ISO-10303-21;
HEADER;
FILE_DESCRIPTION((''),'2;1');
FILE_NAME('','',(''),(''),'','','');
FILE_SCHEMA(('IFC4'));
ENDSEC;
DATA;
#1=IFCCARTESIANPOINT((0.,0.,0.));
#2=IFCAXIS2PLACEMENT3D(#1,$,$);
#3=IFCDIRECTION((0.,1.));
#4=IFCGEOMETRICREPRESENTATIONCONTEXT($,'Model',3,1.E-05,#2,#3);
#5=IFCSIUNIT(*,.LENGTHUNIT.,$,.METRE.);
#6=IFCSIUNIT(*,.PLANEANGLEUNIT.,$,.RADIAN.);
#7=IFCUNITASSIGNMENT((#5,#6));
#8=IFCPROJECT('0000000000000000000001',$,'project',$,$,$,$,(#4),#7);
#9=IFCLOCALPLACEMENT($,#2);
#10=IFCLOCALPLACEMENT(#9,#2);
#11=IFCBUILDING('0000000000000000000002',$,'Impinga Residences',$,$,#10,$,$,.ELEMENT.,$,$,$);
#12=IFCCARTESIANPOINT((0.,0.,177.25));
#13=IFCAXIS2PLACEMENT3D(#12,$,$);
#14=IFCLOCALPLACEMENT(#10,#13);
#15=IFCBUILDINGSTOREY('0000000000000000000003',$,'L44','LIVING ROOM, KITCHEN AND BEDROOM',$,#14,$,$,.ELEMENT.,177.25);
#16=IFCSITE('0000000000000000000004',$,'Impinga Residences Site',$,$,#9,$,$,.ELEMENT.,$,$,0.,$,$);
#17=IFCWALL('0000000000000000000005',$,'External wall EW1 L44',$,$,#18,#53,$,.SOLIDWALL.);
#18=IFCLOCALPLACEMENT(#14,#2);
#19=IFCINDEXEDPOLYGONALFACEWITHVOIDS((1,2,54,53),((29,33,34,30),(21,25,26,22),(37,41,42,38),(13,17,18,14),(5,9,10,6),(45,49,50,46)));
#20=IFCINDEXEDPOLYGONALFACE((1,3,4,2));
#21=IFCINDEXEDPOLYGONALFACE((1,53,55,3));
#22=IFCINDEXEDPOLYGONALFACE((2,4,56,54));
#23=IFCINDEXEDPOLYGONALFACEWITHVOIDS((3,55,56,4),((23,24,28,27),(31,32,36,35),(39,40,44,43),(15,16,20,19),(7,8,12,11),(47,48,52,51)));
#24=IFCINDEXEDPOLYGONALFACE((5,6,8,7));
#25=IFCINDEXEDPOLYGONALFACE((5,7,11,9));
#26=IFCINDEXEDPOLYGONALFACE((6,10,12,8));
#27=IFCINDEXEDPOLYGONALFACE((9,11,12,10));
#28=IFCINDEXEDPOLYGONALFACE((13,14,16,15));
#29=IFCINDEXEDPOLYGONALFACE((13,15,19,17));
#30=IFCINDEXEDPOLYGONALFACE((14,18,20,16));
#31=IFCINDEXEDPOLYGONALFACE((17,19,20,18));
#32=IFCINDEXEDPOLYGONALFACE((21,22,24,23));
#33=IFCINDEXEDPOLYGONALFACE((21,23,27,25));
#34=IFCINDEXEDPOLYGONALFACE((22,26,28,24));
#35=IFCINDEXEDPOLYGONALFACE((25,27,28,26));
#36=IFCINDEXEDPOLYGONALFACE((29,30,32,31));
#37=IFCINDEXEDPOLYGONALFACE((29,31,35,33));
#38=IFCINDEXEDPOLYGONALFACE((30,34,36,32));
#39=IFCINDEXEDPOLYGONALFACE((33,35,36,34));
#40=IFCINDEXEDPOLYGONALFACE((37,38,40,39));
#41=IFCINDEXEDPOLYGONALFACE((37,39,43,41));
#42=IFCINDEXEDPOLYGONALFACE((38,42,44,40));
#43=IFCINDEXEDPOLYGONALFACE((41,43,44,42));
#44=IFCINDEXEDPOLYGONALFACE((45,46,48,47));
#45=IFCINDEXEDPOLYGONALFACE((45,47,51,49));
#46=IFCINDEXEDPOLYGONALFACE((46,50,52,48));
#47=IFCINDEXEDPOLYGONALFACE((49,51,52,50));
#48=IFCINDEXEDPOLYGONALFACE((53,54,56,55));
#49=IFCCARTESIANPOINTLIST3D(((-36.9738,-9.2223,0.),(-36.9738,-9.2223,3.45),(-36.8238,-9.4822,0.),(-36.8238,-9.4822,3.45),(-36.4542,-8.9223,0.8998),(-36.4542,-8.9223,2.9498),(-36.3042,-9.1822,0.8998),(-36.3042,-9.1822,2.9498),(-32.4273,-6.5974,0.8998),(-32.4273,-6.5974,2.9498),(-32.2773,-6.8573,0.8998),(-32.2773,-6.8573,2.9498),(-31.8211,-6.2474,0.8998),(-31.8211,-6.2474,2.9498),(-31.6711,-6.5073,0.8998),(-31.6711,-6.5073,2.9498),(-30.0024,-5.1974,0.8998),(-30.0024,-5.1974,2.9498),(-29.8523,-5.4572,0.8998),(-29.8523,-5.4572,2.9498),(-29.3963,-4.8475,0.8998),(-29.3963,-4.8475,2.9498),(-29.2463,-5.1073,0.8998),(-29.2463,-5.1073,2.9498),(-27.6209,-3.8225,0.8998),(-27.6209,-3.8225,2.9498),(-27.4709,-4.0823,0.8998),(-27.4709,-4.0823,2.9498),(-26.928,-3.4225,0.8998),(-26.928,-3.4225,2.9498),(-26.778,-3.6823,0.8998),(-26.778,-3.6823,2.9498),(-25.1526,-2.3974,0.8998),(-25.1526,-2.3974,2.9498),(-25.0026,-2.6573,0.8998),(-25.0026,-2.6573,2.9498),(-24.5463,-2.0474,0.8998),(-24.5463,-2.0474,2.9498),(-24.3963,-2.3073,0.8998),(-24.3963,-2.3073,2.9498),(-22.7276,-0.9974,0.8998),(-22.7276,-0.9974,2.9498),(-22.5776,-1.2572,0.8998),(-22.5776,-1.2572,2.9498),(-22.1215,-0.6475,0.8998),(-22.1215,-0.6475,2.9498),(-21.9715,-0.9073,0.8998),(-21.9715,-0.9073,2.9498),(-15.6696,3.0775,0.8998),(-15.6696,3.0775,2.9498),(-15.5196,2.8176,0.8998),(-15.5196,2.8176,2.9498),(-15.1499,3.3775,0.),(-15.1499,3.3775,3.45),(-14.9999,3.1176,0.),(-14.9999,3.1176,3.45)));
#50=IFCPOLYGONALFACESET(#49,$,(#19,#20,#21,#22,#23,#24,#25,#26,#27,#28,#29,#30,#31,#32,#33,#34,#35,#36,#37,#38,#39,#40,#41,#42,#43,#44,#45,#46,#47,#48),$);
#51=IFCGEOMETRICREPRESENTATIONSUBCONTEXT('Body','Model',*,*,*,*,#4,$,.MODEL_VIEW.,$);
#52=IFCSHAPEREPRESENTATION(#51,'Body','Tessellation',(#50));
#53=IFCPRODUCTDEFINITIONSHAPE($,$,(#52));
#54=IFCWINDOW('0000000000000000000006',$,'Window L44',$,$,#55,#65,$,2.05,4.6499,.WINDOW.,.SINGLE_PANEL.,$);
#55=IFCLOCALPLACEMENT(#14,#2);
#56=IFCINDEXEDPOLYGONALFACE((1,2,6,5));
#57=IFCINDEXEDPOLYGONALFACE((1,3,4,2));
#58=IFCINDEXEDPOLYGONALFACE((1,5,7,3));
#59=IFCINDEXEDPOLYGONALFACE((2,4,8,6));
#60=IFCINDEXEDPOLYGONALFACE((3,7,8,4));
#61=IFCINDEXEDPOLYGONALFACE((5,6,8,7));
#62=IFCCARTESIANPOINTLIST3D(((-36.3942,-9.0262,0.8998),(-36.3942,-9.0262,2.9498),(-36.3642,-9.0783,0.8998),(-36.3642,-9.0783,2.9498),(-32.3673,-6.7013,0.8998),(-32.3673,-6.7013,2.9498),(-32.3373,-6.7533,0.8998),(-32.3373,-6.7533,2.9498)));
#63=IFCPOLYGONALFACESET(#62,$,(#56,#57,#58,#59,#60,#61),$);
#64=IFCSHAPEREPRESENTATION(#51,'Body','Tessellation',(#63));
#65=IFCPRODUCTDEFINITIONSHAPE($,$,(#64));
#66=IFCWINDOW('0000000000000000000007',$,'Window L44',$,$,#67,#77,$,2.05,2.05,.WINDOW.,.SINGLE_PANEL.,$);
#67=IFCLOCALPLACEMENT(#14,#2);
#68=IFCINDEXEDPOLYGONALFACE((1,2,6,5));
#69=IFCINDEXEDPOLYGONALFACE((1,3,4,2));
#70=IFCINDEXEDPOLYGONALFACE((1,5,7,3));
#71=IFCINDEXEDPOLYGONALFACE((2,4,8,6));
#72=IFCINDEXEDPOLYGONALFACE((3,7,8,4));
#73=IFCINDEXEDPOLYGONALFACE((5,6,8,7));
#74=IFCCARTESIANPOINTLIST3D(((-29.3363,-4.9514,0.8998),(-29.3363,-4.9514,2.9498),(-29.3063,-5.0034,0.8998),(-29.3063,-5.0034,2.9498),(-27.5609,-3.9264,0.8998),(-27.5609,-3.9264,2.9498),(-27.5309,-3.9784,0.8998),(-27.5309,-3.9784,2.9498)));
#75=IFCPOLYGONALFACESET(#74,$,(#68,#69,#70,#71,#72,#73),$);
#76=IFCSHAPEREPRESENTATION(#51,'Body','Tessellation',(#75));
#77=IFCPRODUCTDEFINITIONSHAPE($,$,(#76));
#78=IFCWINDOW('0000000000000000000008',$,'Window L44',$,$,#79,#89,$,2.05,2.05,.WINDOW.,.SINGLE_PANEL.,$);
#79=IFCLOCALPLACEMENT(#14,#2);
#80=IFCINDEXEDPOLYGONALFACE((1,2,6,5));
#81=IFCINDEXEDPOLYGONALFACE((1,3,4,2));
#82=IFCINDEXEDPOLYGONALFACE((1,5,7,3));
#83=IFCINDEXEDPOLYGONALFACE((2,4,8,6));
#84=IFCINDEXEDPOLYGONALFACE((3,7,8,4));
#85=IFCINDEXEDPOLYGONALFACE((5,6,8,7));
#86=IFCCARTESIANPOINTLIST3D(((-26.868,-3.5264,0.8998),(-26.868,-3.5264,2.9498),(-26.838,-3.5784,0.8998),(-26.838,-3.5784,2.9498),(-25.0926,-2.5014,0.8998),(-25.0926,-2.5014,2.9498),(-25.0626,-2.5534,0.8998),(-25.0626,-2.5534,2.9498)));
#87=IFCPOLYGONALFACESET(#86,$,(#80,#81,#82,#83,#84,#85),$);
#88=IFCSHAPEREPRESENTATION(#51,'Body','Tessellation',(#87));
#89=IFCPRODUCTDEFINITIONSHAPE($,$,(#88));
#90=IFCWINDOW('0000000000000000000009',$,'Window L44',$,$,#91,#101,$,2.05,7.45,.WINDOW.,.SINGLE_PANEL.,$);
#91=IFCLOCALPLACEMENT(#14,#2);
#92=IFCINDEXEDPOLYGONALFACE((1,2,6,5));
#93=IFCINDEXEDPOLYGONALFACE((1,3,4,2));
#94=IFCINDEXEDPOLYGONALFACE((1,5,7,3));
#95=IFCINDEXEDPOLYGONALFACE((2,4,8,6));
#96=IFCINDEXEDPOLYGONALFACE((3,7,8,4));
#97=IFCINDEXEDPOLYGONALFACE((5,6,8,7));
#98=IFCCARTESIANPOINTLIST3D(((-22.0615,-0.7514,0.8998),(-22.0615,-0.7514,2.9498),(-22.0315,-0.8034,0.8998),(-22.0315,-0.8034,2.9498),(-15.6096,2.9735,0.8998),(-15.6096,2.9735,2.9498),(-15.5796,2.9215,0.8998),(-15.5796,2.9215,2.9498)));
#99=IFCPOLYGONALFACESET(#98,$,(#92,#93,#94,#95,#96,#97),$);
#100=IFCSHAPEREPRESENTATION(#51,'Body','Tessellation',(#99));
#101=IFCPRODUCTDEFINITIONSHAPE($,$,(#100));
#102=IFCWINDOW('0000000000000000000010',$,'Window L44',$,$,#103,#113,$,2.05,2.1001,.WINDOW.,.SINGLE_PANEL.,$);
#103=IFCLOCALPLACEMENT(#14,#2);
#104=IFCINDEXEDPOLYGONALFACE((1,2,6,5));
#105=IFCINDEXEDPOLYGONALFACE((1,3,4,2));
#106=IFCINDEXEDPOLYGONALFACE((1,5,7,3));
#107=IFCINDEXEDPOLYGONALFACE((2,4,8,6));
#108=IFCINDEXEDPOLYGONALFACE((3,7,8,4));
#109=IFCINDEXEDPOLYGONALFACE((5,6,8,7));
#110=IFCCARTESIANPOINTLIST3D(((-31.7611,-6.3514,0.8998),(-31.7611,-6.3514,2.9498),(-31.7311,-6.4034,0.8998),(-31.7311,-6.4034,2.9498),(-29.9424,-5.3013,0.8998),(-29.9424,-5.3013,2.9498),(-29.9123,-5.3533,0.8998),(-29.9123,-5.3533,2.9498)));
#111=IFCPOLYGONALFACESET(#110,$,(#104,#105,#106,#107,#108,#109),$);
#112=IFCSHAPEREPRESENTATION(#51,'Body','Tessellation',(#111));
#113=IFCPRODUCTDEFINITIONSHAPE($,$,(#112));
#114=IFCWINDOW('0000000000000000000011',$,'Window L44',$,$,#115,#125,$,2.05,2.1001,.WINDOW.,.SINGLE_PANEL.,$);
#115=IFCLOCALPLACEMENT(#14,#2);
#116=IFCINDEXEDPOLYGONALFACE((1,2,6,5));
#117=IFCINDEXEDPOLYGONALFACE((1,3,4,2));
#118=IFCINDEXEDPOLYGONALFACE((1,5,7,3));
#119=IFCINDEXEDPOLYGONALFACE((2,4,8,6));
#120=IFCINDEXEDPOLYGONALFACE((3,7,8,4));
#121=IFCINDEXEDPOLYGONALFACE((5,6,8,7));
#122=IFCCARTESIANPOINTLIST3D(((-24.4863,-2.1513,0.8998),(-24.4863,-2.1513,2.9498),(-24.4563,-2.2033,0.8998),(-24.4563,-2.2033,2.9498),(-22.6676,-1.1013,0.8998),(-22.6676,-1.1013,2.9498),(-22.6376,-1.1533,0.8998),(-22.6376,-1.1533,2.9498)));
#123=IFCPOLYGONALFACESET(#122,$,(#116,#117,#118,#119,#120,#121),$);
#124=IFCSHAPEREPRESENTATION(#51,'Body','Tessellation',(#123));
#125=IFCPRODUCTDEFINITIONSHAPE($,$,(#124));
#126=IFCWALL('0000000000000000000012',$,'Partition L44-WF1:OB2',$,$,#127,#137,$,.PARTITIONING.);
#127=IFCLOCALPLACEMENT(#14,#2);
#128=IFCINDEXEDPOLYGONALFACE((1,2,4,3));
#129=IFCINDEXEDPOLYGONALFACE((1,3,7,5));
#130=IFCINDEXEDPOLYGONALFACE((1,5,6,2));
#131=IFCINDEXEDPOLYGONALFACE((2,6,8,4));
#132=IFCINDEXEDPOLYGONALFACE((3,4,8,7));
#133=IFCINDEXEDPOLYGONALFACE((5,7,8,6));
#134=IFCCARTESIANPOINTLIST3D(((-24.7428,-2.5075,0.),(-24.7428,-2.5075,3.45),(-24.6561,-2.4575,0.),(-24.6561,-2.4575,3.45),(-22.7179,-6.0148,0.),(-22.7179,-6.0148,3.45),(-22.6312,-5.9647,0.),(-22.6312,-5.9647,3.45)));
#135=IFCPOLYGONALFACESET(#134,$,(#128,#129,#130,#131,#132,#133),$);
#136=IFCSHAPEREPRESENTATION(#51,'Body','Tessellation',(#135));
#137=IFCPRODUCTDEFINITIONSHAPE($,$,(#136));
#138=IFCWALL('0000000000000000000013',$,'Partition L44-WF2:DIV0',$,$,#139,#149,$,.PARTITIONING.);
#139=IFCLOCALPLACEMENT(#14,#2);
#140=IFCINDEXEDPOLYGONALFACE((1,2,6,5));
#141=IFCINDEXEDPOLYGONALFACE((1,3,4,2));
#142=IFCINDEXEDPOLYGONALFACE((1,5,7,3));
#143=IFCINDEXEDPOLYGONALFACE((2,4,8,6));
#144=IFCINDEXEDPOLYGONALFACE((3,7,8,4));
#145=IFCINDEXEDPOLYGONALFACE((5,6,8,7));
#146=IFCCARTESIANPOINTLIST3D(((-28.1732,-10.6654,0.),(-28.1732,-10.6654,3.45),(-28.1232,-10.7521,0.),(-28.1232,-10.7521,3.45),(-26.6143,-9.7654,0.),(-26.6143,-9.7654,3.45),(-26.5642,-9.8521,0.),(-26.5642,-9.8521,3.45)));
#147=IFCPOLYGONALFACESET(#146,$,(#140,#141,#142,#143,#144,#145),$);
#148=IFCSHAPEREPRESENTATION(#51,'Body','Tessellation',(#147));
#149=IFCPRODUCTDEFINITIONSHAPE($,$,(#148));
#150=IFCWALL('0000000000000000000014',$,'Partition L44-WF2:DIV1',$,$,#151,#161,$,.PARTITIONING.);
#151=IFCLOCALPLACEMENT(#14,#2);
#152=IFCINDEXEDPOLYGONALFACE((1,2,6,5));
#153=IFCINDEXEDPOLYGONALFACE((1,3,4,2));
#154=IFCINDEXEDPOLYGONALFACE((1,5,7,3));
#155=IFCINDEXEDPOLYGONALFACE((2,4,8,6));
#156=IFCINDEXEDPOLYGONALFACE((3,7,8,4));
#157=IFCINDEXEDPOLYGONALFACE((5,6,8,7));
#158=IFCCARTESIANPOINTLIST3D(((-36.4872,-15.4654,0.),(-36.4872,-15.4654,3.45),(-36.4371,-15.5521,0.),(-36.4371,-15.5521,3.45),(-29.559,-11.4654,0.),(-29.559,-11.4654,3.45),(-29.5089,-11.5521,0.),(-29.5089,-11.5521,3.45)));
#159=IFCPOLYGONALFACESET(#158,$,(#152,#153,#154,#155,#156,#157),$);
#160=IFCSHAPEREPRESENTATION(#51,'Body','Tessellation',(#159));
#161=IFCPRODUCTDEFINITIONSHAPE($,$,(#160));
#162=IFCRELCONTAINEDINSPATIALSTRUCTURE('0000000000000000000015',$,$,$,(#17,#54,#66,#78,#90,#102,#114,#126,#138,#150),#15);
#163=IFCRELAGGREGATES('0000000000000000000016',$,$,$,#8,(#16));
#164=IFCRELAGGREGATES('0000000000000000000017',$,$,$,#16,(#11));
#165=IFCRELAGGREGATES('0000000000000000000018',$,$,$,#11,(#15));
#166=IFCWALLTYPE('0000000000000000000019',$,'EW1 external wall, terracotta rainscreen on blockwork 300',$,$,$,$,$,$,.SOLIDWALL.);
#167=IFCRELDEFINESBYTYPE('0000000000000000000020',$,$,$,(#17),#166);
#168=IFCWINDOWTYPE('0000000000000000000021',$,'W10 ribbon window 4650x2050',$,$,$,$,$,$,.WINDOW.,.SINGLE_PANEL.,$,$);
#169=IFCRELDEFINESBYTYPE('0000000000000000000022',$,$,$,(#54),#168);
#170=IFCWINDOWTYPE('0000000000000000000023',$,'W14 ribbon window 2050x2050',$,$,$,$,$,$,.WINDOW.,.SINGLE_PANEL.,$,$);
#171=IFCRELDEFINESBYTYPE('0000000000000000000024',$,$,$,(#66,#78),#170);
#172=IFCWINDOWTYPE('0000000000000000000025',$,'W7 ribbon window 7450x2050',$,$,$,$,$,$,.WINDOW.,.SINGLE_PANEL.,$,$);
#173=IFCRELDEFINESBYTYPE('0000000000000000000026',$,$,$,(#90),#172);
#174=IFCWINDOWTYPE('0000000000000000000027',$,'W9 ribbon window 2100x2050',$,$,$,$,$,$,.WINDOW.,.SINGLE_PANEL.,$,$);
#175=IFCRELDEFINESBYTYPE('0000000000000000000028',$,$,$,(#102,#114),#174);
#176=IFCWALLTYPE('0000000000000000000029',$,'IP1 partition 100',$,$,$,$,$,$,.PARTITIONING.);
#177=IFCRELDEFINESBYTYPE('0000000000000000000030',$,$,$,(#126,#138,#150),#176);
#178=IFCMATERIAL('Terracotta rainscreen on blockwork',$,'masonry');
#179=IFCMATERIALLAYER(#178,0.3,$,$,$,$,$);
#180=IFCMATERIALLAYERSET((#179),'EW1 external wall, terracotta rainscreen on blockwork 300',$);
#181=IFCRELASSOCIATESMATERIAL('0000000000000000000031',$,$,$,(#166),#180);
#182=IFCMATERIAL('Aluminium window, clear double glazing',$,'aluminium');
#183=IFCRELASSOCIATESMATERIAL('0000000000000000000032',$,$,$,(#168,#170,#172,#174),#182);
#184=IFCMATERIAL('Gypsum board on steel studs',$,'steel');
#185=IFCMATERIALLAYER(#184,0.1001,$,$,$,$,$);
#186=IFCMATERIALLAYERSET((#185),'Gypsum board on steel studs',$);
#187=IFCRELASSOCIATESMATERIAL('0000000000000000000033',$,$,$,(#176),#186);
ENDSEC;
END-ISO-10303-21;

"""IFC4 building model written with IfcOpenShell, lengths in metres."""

from ifc_helpers import new_model, si_unit, direction, frame, frame_2d, origin, place, context, subcontext, project, spatial, rectangle, extrude, material, layer, layer_set, type_object, element, fill, save


model = new_model("IFC4")

# Units and contexts
model_context = context("Model", 3, precision=1e-05, world=origin(), true_north=direction((0.0, 1.0)))
body_context = subcontext(model_context, "Body", "Model", "MODEL_VIEW")
ifc_project = project(units=[si_unit("LENGTHUNIT", "METRE"), si_unit("PLANEANGLEUNIT", "RADIAN")], contexts=[model_context])

# Site, building, storey
site_placement = place(None, origin())
site = spatial("IfcSite", under=ifc_project, at=site_placement, Name="Impinga Residences Site", CompositionType="ELEMENT", RefElevation=0.0)
building_placement = place(site_placement, origin())
building = spatial("IfcBuilding", under=site, at=building_placement, Name="Impinga Residences", CompositionType="ELEMENT")
storey_placement = place(building_placement, frame((0.0, 0.0, 177.25)))
storey = spatial("IfcBuildingStorey", under=building, at=storey_placement, Name="L44", Description="LIVING ROOM, KITCHEN AND BEDROOM", CompositionType="ELEMENT", Elevation=177.25)

# Shared definitions
ifc_material_1 = material(Name="Terracotta rainscreen on blockwork", Category="masonry")
ifc_layer_1 = layer(ifc_material_1, 0.3)
ifc_layer_set_1 = layer_set([ifc_layer_1], Name="EW1 external wall, terracotta rainscreen on blockwork 300")
wall_type_1 = type_object("IfcWallType", Name="EW1 external wall, terracotta rainscreen on blockwork 300", PredefinedType="SOLIDWALL", material=ifc_layer_set_1)

# Wall, openings, windows
wall_1_placement = place(storey_placement, frame((-36.8989, -9.3523, 0.0), z_axis=(0.0, 0.0, 1.0), x_axis=(0.866029, 0.499993, 0.0)))
wall_1 = element("IfcWall", 1, at=wall_1_placement, inside=storey, type_object=wall_type_1, Name="External wall EW1 L44", PredefinedType="SOLIDWALL", context=body_context, shape_type="SweptSolid", body=[
    extrude(rectangle(XDim=25.2, YDim=0.3, at=frame_2d((12.6001, 0.0))), origin(), (0.0, 0.0, 1.0), 3.45),
])
opening_1_placement = place(wall_1_placement, frame((0.6001, 0.0, 0.8999)))
opening_1 = element("IfcOpeningElement", 2, at=opening_1_placement, cuts=wall_1, PredefinedType="OPENING", context=body_context, shape_type="SweptSolid", body=[
    extrude(rectangle(XDim=4.6499, YDim=2.05, at=frame_2d((2.325, 1.0249))), frame((0.0, 0.1599, 0.0), z_axis=(0.0, -1.0, 0.0), x_axis=(1.0, 0.0, 0.0)), (0.0, 0.0, 1.0), 0.3201),
])
opening_2_placement = place(wall_1_placement, frame((5.95, 0.0, 0.8999)))
opening_2 = element("IfcOpeningElement", 3, at=opening_2_placement, cuts=wall_1, PredefinedType="OPENING", context=body_context, shape_type="SweptSolid", body=[
    extrude(rectangle(XDim=2.1001, YDim=2.05, at=frame_2d((1.05, 1.0249))), frame((0.0, 0.1599, 0.0), z_axis=(0.0, -1.0, 0.0), x_axis=(1.0, 0.0, 0.0)), (0.0, 0.0, 1.0), 0.3201),
])
opening_3_placement = place(wall_1_placement, frame((8.75, 0.0, 0.8999)))
opening_3 = element("IfcOpeningElement", 4, at=opening_3_placement, cuts=wall_1, PredefinedType="OPENING", context=body_context, shape_type="SweptSolid", body=[
    extrude(rectangle(XDim=2.05, YDim=2.05, at=frame_2d((1.0249, 1.0249))), frame((0.0, 0.1599, 0.0), z_axis=(0.0, -1.0, 0.0), x_axis=(1.0, 0.0, 0.0)), (0.0, 0.0, 1.0), 0.3201),
])
opening_4_placement = place(wall_1_placement, frame((11.6001, 0.0, 0.8999)))
opening_4 = element("IfcOpeningElement", 5, at=opening_4_placement, cuts=wall_1, PredefinedType="OPENING", context=body_context, shape_type="SweptSolid", body=[
    extrude(rectangle(XDim=2.05, YDim=2.05, at=frame_2d((1.0249, 1.0249))), frame((0.0, 0.1599, 0.0), z_axis=(0.0, -1.0, 0.0), x_axis=(1.0, 0.0, 0.0)), (0.0, 0.0, 1.0), 0.3201),
])
opening_5_placement = place(wall_1_placement, frame((14.3501, 0.0, 0.8999)))
opening_5 = element("IfcOpeningElement", 6, at=opening_5_placement, cuts=wall_1, PredefinedType="OPENING", context=body_context, shape_type="SweptSolid", body=[
    extrude(rectangle(XDim=2.1001, YDim=2.05, at=frame_2d((1.05, 1.0249))), frame((0.0, 0.1599, 0.0), z_axis=(0.0, -1.0, 0.0), x_axis=(1.0, 0.0, 0.0)), (0.0, 0.0, 1.0), 0.3201),
])
opening_6_placement = place(wall_1_placement, frame((17.1499, 0.0, 0.8999)))
opening_6 = element("IfcOpeningElement", 7, at=opening_6_placement, cuts=wall_1, PredefinedType="OPENING", context=body_context, shape_type="SweptSolid", body=[
    extrude(rectangle(XDim=7.45, YDim=2.05, at=frame_2d((3.7251, 1.0249))), frame((0.0, 0.1599, 0.0), z_axis=(0.0, -1.0, 0.0), x_axis=(1.0, 0.0, 0.0)), (0.0, 0.0, 1.0), 0.3201),
])
ifc_material_2 = material(Name="Aluminium window, clear double glazing", Category="aluminium")
window_type_1 = type_object("IfcWindowType", Name="W10 ribbon window 4650x2050", PartitioningType="SINGLE_PANEL", PredefinedType="WINDOW", material=ifc_material_2)
window_1_placement = place(opening_1_placement, origin())
window_1 = element("IfcWindow", 8, at=window_1_placement, inside=storey, type_object=window_type_1, Name="Window L44", OverallHeight=2.05, OverallWidth=4.6499, PartitioningType="SINGLE_PANEL", PredefinedType="WINDOW", context=body_context, shape_type="SweptSolid", body=[
    extrude(rectangle(XDim=4.6499, YDim=2.05, at=frame_2d((2.325, 1.0249))), frame((0.0, 0.03, 0.0), z_axis=(0.0, -1.0, 0.0), x_axis=(1.0, 0.0, 0.0)), (0.0, 0.0, 1.0), 0.0601),
])
fill(opening_1, window_1)
window_type_2 = type_object("IfcWindowType", Name="W14 ribbon window 2050x2050", PartitioningType="SINGLE_PANEL", PredefinedType="WINDOW", material=ifc_material_2)
window_2_placement = place(opening_3_placement, origin())
window_2 = element("IfcWindow", 9, at=window_2_placement, inside=storey, type_object=window_type_2, Name="Window L44", OverallHeight=2.05, OverallWidth=2.05, PartitioningType="SINGLE_PANEL", PredefinedType="WINDOW", context=body_context, shape_type="SweptSolid", body=[
    extrude(rectangle(XDim=2.05, YDim=2.05, at=frame_2d((1.0249, 1.0249))), frame((0.0, 0.03, 0.0), z_axis=(0.0, -1.0, 0.0), x_axis=(1.0, 0.0, 0.0)), (0.0, 0.0, 1.0), 0.0601),
])
fill(opening_3, window_2)
window_3_placement = place(opening_4_placement, origin())
window_3 = element("IfcWindow", 10, at=window_3_placement, inside=storey, type_object=window_type_2, Name="Window L44", OverallHeight=2.05, OverallWidth=2.05, PartitioningType="SINGLE_PANEL", PredefinedType="WINDOW", context=body_context, shape_type="SweptSolid", body=[
    extrude(rectangle(XDim=2.05, YDim=2.05, at=frame_2d((1.0249, 1.0249))), frame((0.0, 0.03, 0.0), z_axis=(0.0, -1.0, 0.0), x_axis=(1.0, 0.0, 0.0)), (0.0, 0.0, 1.0), 0.0601),
])
fill(opening_4, window_3)
window_type_3 = type_object("IfcWindowType", Name="W7 ribbon window 7450x2050", PartitioningType="SINGLE_PANEL", PredefinedType="WINDOW", material=ifc_material_2)
window_4_placement = place(opening_6_placement, origin())
window_4 = element("IfcWindow", 11, at=window_4_placement, inside=storey, type_object=window_type_3, Name="Window L44", OverallHeight=2.05, OverallWidth=7.45, PartitioningType="SINGLE_PANEL", PredefinedType="WINDOW", context=body_context, shape_type="SweptSolid", body=[
    extrude(rectangle(XDim=7.45, YDim=2.05, at=frame_2d((3.7251, 1.0249))), frame((0.0, 0.03, 0.0), z_axis=(0.0, -1.0, 0.0), x_axis=(1.0, 0.0, 0.0)), (0.0, 0.0, 1.0), 0.0601),
])
fill(opening_6, window_4)
window_type_4 = type_object("IfcWindowType", Name="W9 ribbon window 2100x2050", PartitioningType="SINGLE_PANEL", PredefinedType="WINDOW", material=ifc_material_2)
window_5_placement = place(opening_2_placement, origin())
window_5 = element("IfcWindow", 12, at=window_5_placement, inside=storey, type_object=window_type_4, Name="Window L44", OverallHeight=2.05, OverallWidth=2.1001, PartitioningType="SINGLE_PANEL", PredefinedType="WINDOW", context=body_context, shape_type="SweptSolid", body=[
    extrude(rectangle(XDim=2.1001, YDim=2.05, at=frame_2d((1.05, 1.0249))), frame((0.0, 0.03, 0.0), z_axis=(0.0, -1.0, 0.0), x_axis=(1.0, 0.0, 0.0)), (0.0, 0.0, 1.0), 0.0601),
])
fill(opening_2, window_5)
window_6_placement = place(opening_5_placement, origin())
window_6 = element("IfcWindow", 13, at=window_6_placement, inside=storey, type_object=window_type_4, Name="Window L44", OverallHeight=2.05, OverallWidth=2.1001, PartitioningType="SINGLE_PANEL", PredefinedType="WINDOW", context=body_context, shape_type="SweptSolid", body=[
    extrude(rectangle(XDim=2.1001, YDim=2.05, at=frame_2d((1.05, 1.0249))), frame((0.0, 0.03, 0.0), z_axis=(0.0, -1.0, 0.0), x_axis=(1.0, 0.0, 0.0)), (0.0, 0.0, 1.0), 0.0601),
])
fill(opening_5, window_6)

# Walls
ifc_material_3 = material(Name="Gypsum board on steel studs", Category="steel")
ifc_layer_2 = layer(ifc_material_3, 0.1001)
ifc_layer_set_2 = layer_set([ifc_layer_2], Name="Gypsum board on steel studs")
wall_type_2 = type_object("IfcWallType", Name="IP1 partition 100", PredefinedType="PARTITIONING", material=ifc_layer_set_2)
wall_2_placement = place(storey_placement, frame((-22.6746, -5.9897, 0.0), z_axis=(0.0, 0.0, 1.0), x_axis=(-0.49999, 0.866031, 0.0)))
element("IfcWall", 14, at=wall_2_placement, inside=storey, type_object=wall_type_2, Name="Partition L44-WF1:OB2", PredefinedType="PARTITIONING", context=body_context, shape_type="SweptSolid", body=[
    extrude(rectangle(XDim=4.0498, YDim=0.1001, at=frame_2d((2.0249, 0.0))), origin(), (0.0, 0.0, 1.0), 3.45),
])
wall_3_placement = place(storey_placement, frame((-26.5894, -9.8088, 0.0), z_axis=(0.0, 0.0, 1.0), x_axis=(-0.866048, -0.499961, 0.0)))
element("IfcWall", 15, at=wall_3_placement, inside=storey, type_object=wall_type_2, Name="Partition L44-WF2:DIV0", PredefinedType="PARTITIONING", context=body_context, shape_type="SweptSolid", body=[
    extrude(rectangle(XDim=1.8, YDim=0.1001, at=frame_2d((0.8999, 0.0))), origin(), (0.0, 0.0, 1.0), 3.45),
])
wall_4_placement = place(storey_placement, frame((-29.5339, -11.5088, 0.0), z_axis=(0.0, 0.0, 1.0), x_axis=(-0.866026, -0.499999, 0.0)))
element("IfcWall", 16, at=wall_4_placement, inside=storey, type_object=wall_type_2, Name="Partition L44-WF2:DIV1", PredefinedType="PARTITIONING", context=body_context, shape_type="SweptSolid", body=[
    extrude(rectangle(XDim=8.0, YDim=0.1001, at=frame_2d((4.0, 0.0))), origin(), (0.0, 0.0, 1.0), 3.45),
])

save(model, "model.ifc")
